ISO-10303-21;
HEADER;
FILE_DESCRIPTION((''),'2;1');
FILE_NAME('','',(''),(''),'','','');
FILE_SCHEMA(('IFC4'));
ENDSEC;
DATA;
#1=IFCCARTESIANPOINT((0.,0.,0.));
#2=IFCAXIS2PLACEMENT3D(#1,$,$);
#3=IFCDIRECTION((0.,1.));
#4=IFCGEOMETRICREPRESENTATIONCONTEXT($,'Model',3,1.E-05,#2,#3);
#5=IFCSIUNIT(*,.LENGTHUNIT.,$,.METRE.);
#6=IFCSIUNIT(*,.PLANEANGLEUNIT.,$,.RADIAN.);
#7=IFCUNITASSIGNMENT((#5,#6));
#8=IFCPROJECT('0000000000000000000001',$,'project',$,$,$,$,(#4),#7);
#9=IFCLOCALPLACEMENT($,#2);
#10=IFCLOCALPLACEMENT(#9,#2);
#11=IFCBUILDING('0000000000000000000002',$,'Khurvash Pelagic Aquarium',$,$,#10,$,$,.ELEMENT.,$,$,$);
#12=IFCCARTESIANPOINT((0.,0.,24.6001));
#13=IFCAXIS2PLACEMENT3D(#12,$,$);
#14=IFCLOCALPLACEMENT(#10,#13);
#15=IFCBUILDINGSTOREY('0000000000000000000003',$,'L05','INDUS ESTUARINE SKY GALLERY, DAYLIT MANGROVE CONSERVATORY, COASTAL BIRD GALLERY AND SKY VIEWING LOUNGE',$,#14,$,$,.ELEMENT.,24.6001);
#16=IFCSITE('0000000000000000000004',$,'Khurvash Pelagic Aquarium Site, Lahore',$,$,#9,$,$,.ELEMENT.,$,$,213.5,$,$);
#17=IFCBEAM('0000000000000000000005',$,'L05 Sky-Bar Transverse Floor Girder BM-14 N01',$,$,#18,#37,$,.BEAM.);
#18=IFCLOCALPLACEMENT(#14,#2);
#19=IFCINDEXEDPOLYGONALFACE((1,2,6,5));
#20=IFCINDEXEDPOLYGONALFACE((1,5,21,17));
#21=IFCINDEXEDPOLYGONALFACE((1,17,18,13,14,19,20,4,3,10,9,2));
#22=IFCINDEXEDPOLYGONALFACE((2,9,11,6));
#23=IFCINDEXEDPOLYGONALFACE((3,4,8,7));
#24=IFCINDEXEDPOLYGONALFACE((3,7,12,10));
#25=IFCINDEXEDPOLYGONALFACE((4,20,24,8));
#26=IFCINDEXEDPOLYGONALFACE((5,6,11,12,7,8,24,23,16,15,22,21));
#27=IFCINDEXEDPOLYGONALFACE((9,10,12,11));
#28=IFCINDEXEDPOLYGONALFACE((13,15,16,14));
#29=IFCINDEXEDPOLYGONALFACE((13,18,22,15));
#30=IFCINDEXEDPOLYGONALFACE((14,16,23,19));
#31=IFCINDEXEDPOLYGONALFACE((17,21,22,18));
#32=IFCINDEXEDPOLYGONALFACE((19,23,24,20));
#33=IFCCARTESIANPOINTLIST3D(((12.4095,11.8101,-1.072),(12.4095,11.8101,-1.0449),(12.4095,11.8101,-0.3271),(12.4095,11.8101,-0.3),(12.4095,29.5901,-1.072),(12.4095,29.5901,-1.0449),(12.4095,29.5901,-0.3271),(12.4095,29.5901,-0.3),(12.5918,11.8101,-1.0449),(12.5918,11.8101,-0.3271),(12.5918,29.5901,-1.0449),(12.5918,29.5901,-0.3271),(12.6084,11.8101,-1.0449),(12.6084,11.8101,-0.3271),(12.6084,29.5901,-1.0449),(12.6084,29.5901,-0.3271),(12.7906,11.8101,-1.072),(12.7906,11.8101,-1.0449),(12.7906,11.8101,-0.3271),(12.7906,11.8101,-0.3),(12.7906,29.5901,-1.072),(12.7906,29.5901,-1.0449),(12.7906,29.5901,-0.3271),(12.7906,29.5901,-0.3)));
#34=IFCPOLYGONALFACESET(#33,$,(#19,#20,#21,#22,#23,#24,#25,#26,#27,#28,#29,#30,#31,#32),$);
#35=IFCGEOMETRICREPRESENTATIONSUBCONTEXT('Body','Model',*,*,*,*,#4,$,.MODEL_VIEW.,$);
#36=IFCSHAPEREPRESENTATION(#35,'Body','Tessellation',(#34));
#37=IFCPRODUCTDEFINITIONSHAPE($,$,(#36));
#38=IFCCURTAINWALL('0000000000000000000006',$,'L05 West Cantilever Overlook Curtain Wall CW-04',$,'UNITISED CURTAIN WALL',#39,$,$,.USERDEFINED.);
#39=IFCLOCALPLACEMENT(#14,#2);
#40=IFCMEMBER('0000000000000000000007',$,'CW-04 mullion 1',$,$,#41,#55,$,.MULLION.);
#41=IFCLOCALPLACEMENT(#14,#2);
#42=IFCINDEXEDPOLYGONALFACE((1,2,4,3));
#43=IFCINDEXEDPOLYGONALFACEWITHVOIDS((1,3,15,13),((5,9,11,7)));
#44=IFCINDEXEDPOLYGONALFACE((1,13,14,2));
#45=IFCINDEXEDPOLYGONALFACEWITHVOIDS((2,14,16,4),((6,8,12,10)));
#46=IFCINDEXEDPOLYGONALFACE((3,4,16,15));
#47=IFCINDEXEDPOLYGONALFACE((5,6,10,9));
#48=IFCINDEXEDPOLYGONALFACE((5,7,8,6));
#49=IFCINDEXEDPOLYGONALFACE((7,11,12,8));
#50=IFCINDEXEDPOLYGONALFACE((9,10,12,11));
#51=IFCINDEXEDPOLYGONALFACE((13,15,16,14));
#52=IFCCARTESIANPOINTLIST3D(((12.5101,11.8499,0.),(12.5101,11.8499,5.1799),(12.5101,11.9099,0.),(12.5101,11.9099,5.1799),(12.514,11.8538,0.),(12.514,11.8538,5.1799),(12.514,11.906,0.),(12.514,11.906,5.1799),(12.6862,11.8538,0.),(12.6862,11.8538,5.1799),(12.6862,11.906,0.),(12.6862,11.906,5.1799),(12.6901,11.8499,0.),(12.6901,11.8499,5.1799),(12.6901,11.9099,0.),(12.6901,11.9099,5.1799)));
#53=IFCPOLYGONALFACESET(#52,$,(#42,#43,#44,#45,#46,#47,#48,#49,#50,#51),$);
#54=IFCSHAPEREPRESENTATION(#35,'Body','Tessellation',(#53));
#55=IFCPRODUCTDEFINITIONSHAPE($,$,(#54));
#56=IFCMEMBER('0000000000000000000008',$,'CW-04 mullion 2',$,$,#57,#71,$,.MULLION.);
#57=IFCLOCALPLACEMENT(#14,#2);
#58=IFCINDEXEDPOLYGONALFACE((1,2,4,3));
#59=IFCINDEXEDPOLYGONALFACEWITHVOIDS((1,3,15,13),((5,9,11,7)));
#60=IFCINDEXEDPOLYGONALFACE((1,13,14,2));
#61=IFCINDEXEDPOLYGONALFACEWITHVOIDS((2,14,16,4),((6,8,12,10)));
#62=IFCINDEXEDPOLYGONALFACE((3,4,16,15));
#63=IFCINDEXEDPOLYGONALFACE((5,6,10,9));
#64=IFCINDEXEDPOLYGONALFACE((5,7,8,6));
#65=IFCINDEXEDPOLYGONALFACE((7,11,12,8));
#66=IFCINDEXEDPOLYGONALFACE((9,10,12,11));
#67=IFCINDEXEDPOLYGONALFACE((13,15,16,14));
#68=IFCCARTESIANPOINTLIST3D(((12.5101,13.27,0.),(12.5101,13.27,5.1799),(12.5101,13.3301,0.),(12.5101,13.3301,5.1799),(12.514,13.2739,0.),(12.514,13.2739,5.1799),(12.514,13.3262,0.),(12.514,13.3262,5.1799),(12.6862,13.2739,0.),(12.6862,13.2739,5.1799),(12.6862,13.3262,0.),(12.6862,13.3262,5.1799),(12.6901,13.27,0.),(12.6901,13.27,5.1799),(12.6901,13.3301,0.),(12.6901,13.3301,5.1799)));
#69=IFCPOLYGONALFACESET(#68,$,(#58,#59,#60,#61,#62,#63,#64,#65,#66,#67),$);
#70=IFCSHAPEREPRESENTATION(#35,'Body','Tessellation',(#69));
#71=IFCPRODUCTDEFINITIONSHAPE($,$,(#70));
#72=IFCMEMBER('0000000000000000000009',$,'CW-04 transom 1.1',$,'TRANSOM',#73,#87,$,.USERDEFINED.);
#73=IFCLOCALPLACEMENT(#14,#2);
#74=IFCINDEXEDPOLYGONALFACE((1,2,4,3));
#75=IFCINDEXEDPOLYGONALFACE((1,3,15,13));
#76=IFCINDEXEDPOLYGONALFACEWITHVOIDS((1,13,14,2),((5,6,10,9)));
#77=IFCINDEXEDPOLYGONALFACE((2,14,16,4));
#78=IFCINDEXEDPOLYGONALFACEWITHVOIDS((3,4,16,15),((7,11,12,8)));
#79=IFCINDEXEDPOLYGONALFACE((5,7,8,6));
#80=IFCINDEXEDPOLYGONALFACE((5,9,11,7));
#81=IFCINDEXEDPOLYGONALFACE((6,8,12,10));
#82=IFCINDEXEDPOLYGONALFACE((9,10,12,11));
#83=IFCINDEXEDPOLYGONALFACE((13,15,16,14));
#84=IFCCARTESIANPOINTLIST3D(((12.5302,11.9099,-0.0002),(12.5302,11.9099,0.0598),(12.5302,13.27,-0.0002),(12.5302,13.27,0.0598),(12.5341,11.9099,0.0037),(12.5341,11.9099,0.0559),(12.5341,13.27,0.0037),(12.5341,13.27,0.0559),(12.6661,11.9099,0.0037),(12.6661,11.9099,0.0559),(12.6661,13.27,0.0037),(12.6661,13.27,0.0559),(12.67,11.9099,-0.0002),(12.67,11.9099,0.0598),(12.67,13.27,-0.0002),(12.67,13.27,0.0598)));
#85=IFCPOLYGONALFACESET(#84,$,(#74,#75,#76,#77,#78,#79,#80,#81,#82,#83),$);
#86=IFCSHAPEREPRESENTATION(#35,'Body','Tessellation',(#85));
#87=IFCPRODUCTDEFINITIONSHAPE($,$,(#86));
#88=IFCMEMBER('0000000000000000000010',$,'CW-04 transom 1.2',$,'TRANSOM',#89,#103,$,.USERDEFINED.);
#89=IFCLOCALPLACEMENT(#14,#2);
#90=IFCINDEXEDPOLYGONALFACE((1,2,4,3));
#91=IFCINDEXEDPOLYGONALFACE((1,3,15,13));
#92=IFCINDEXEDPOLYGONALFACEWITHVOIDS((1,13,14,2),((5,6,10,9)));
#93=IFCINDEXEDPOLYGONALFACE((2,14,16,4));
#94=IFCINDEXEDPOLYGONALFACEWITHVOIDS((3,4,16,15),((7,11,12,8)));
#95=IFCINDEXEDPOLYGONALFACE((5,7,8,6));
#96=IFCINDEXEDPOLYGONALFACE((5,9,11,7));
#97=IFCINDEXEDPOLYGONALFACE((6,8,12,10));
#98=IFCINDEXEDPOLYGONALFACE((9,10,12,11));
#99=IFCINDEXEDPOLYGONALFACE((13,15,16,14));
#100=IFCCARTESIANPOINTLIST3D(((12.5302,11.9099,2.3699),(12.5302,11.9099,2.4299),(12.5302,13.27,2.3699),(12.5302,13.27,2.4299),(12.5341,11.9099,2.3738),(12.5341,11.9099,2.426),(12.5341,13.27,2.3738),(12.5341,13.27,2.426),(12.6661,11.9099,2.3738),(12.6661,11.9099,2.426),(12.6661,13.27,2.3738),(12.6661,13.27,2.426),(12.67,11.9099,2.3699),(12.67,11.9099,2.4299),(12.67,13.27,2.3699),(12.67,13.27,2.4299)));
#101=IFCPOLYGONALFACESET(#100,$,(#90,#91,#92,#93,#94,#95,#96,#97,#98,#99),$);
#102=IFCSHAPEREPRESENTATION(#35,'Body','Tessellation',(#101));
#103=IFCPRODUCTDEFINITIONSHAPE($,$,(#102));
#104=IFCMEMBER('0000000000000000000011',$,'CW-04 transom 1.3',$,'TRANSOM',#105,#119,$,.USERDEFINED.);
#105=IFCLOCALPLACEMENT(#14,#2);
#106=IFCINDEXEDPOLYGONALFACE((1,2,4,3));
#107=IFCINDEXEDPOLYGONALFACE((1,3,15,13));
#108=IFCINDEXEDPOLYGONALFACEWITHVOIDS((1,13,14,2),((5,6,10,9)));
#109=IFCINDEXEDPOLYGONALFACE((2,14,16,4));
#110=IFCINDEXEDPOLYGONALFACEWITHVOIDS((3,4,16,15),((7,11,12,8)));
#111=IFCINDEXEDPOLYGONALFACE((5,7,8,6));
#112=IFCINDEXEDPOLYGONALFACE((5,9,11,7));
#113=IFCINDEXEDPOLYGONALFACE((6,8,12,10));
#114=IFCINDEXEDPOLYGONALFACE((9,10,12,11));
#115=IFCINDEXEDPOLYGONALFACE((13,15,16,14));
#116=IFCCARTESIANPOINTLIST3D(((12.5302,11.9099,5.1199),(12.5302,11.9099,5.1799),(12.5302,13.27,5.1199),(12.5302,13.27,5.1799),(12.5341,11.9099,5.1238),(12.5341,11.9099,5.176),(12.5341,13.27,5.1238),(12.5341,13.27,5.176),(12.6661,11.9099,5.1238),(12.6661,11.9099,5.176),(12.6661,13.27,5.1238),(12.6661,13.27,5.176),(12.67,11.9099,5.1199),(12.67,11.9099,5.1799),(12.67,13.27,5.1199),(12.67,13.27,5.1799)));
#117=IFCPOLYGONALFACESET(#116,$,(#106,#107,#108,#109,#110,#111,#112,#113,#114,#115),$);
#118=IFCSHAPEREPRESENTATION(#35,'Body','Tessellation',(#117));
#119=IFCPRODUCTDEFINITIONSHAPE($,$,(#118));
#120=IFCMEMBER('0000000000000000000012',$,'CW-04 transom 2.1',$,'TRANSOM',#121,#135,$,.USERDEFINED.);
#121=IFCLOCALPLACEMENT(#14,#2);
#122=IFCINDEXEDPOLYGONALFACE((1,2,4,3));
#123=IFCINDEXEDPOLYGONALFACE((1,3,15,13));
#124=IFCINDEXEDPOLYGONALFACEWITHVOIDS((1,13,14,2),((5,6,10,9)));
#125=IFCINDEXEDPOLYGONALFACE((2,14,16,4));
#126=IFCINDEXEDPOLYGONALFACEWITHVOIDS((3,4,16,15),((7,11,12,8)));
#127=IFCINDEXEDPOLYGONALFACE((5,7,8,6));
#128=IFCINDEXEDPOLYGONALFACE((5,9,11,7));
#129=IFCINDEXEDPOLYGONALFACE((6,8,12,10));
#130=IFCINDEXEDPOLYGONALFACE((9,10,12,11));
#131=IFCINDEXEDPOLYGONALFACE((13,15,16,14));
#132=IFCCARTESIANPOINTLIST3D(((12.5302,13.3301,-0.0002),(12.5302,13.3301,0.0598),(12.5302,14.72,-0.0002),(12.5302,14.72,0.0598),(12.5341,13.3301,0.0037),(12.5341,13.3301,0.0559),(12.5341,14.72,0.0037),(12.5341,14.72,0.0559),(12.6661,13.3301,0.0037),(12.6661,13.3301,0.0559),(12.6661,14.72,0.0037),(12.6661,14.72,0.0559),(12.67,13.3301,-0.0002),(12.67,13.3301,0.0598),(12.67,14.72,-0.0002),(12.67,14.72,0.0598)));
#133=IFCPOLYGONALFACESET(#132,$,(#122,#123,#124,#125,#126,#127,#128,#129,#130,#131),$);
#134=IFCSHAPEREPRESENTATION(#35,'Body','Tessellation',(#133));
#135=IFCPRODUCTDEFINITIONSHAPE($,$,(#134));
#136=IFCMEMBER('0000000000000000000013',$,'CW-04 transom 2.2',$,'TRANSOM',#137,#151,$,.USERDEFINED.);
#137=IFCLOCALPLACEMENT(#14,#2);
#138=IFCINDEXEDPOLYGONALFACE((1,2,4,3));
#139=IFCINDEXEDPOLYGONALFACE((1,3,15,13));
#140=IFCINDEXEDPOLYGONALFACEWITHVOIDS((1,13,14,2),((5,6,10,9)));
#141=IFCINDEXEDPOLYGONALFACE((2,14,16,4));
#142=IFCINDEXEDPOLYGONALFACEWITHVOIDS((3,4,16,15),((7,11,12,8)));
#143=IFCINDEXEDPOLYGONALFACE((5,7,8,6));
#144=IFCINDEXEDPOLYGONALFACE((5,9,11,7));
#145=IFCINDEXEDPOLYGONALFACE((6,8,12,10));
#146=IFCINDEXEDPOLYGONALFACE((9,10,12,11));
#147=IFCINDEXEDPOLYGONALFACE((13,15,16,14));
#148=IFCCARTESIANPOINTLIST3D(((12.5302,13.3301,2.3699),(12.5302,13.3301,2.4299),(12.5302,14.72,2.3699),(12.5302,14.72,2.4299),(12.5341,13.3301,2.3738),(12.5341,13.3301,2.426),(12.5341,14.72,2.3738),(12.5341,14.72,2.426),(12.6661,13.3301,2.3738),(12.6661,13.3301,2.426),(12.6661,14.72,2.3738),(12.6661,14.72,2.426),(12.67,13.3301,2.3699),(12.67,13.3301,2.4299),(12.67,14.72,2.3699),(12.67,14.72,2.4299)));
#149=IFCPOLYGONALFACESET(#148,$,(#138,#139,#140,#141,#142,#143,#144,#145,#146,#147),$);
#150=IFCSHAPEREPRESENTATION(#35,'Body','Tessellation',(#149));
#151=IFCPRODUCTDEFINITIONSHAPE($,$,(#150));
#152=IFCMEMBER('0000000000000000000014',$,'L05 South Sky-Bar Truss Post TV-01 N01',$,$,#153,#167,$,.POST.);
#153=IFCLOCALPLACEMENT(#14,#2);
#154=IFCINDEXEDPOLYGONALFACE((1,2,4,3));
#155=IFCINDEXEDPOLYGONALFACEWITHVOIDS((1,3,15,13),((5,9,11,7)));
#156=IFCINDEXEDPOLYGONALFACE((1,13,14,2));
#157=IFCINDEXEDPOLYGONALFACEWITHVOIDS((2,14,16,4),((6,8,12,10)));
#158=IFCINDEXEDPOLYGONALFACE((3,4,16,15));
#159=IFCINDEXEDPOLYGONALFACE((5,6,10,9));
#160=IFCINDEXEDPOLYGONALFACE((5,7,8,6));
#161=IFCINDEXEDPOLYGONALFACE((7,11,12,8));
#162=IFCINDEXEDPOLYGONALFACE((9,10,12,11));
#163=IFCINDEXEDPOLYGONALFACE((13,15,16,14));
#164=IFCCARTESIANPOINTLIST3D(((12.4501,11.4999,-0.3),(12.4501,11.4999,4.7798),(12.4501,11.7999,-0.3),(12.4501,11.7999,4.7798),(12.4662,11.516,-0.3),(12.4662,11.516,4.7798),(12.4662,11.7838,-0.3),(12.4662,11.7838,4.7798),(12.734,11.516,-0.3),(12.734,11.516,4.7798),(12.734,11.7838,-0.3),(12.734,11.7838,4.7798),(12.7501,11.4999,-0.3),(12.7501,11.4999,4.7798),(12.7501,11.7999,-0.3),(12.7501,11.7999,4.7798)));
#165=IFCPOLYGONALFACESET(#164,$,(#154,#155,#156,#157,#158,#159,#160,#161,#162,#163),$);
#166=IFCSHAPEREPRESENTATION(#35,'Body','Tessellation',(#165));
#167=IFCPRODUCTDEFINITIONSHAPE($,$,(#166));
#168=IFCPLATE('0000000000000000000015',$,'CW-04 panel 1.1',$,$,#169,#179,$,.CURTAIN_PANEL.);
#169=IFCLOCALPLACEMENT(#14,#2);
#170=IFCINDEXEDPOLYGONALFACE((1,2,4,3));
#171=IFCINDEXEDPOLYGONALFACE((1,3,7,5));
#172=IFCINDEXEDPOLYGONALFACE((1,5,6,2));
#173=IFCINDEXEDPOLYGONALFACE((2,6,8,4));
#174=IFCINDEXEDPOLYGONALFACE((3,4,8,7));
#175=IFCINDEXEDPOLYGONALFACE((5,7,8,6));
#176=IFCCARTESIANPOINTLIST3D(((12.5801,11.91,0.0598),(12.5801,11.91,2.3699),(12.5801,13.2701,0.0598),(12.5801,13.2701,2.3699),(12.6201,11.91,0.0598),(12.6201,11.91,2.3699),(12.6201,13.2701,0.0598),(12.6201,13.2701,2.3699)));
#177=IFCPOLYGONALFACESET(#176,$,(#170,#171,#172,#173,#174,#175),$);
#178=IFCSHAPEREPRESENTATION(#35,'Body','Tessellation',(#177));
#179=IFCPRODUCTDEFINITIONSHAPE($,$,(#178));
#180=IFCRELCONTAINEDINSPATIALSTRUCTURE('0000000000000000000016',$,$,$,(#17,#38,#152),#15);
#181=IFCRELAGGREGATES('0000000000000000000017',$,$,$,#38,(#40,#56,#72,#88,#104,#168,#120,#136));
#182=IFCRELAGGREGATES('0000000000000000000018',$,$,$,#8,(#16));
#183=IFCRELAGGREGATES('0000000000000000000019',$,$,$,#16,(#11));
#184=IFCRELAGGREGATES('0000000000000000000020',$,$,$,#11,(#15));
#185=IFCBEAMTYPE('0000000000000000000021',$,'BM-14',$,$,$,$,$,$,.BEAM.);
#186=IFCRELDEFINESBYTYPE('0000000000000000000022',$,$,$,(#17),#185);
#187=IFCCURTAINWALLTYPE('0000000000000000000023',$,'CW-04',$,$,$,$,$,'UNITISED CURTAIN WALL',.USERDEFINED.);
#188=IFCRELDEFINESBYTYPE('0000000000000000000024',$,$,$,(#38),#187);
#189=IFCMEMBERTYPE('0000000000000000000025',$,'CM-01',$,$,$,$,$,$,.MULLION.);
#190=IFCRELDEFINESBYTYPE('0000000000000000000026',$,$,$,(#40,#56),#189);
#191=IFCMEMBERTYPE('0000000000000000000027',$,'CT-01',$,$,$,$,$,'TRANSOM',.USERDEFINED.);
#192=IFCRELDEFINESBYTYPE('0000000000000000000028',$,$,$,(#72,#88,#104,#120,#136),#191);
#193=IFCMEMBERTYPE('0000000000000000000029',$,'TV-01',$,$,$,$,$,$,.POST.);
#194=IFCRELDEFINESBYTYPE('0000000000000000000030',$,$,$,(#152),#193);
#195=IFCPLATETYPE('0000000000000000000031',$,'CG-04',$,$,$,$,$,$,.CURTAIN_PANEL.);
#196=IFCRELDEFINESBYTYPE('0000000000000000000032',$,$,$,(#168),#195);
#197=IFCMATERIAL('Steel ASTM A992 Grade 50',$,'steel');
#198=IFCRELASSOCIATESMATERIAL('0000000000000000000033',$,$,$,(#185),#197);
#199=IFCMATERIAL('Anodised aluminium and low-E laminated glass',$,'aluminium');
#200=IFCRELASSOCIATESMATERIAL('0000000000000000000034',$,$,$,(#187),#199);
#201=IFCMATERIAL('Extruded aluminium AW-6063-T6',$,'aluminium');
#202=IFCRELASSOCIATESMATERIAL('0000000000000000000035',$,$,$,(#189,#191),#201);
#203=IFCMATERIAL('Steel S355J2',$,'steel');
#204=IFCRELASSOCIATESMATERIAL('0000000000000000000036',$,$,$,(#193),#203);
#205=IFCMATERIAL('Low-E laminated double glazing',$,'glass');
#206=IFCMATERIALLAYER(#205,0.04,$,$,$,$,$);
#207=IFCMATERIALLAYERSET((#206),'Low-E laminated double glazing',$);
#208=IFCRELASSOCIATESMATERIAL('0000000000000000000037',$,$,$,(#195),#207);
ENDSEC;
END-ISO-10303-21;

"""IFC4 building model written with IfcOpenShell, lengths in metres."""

from ifc_helpers import new_model, si_unit, direction, frame, origin, origin_2d, place, context, subcontext, project, spatial, rectangle, hollow_rectangle, i_section, extrude, material, layer, layer_set, material_profile, profile_set, type_object, element, aggregate, save


model = new_model("IFC4")

# Units and contexts
model_context = context("Model", 3, precision=1e-05, world=origin(), true_north=direction((0.0, 1.0)))
body_context = subcontext(model_context, "Body", "Model", "MODEL_VIEW")
ifc_project = project(units=[si_unit("LENGTHUNIT", "METRE"), si_unit("PLANEANGLEUNIT", "RADIAN")], contexts=[model_context])

# Site, building, storey
site_placement = place(None, origin())
site = spatial("IfcSite", under=ifc_project, at=site_placement, Name="Khurvash Pelagic Aquarium Site, Lahore", CompositionType="ELEMENT", RefElevation=213.5)
building_placement = place(site_placement, origin())
building = spatial("IfcBuilding", under=site, at=building_placement, Name="Khurvash Pelagic Aquarium", CompositionType="ELEMENT")
storey_placement = place(building_placement, frame((0.0, 0.0, 24.6001)))
storey = spatial("IfcBuildingStorey", under=building, at=storey_placement, Name="L05", Description="INDUS ESTUARINE SKY GALLERY, DAYLIT MANGROVE CONSERVATORY, COASTAL BIRD GALLERY AND SKY VIEWING LOUNGE", CompositionType="ELEMENT", Elevation=24.6001)

# Beam
ifc_material_1 = material(Name="Steel ASTM A992 Grade 50", Category="steel")
ifc_material_profile_1 = material_profile(ifc_material_1, i_section(OverallWidth=0.3811, OverallDepth=0.772, WebThickness=0.0166, FlangeThickness=0.0271, at=origin_2d()), Name="W30X173")
ifc_profile_set_1 = profile_set([ifc_material_profile_1], Name="Steel ASTM A992 Grade 50")
beam_type = type_object("IfcBeamType", Name="BM-14", PredefinedType="BEAM", material=ifc_profile_set_1)
beam_placement = place(storey_placement, frame((12.6001, 11.8101, -0.686), z_axis=(0.0, 1.0, 0.0), x_axis=(-1.0, 0.0, 0.0)))
element("IfcBeam", 1, at=beam_placement, inside=storey, type_object=beam_type, Name="L05 Sky-Bar Transverse Floor Girder BM-14 N01", PredefinedType="BEAM", context=body_context, shape_type="SweptSolid", body=[
    extrude(i_section(OverallWidth=0.3811, OverallDepth=0.772, WebThickness=0.0166, FlangeThickness=0.0271, at=origin_2d()), origin(), (0.0, 0.0, 1.0), 17.78),
])

# Curtain wall, members
ifc_material_2 = material(Name="Anodised aluminium and low-E laminated glass", Category="aluminium")
curtain_wall_type = type_object("IfcCurtainWallType", Name="CW-04", ElementType="UNITISED CURTAIN WALL", PredefinedType="USERDEFINED", material=ifc_material_2)
curtain_wall_placement = place(storey_placement, origin())
curtain_wall = element("IfcCurtainWall", 2, at=curtain_wall_placement, inside=storey, type_object=curtain_wall_type, Name="L05 West Cantilever Overlook Curtain Wall CW-04", ObjectType="UNITISED CURTAIN WALL", PredefinedType="USERDEFINED")
ifc_material_3 = material(Name="Extruded aluminium AW-6063-T6", Category="aluminium")
ifc_material_profile_2 = material_profile(ifc_material_3, hollow_rectangle(XDim=0.0601, YDim=0.1799, WallThickness=0.0039, at=origin_2d()), Name="CWM60X180X4")
ifc_profile_set_2 = profile_set([ifc_material_profile_2], Name="Extruded aluminium AW-6063-T6")
member_type_1 = type_object("IfcMemberType", Name="CM-01", PredefinedType="MULLION", material=ifc_profile_set_2)
member_1_placement = place(storey_placement, frame((12.6001, 11.8799, 0.0), z_axis=(0.0, 0.0, 1.0), x_axis=(0.0, 1.0, 0.0)))
member_1 = element("IfcMember", 3, at=member_1_placement, type_object=member_type_1, Name="CW-04 mullion 1", PredefinedType="MULLION", context=body_context, shape_type="SweptSolid", body=[
    extrude(hollow_rectangle(XDim=0.0601, YDim=0.1799, WallThickness=0.0039, at=origin_2d()), origin(), (0.0, 0.0, 1.0), 5.1799),
])
member_2_placement = place(storey_placement, frame((12.6001, 13.3, 0.0), z_axis=(0.0, 0.0, 1.0), x_axis=(0.0, 1.0, 0.0)))
member_2 = element("IfcMember", 4, at=member_2_placement, type_object=member_type_1, Name="CW-04 mullion 2", PredefinedType="MULLION", context=body_context, shape_type="SweptSolid", body=[
    extrude(hollow_rectangle(XDim=0.0601, YDim=0.1799, WallThickness=0.0039, at=origin_2d()), origin(), (0.0, 0.0, 1.0), 5.1799),
])
ifc_material_profile_3 = material_profile(ifc_material_3, hollow_rectangle(XDim=0.1399, YDim=0.0601, WallThickness=0.0039, at=origin_2d()), Name="CWT140X60X4")
ifc_profile_set_3 = profile_set([ifc_material_profile_3], Name="Extruded aluminium AW-6063-T6")
member_type_2 = type_object("IfcMemberType", Name="CT-01", ElementType="TRANSOM", PredefinedType="USERDEFINED", material=ifc_profile_set_3)
member_3_placement = place(storey_placement, frame((12.6001, 11.9099, 0.0298), z_axis=(0.0, 1.0, 0.0), x_axis=(-1.0, 0.0, 0.0)))
member_3 = element("IfcMember", 5, at=member_3_placement, type_object=member_type_2, Name="CW-04 transom 1.1", ObjectType="TRANSOM", PredefinedType="USERDEFINED", context=body_context, shape_type="SweptSolid", body=[
    extrude(hollow_rectangle(XDim=0.1399, YDim=0.0601, WallThickness=0.0039, at=origin_2d()), origin(), (0.0, 0.0, 1.0), 1.3601),
])
member_4_placement = place(storey_placement, frame((12.6001, 11.9099, 2.3999), z_axis=(0.0, 1.0, 0.0), x_axis=(-1.0, 0.0, 0.0)))
member_4 = element("IfcMember", 6, at=member_4_placement, type_object=member_type_2, Name="CW-04 transom 1.2", ObjectType="TRANSOM", PredefinedType="USERDEFINED", context=body_context, shape_type="SweptSolid", body=[
    extrude(hollow_rectangle(XDim=0.1399, YDim=0.0601, WallThickness=0.0039, at=origin_2d()), origin(), (0.0, 0.0, 1.0), 1.3601),
])
member_5_placement = place(storey_placement, frame((12.6001, 11.9099, 5.1499), z_axis=(0.0, 1.0, 0.0), x_axis=(-1.0, 0.0, 0.0)))
member_5 = element("IfcMember", 7, at=member_5_placement, type_object=member_type_2, Name="CW-04 transom 1.3", ObjectType="TRANSOM", PredefinedType="USERDEFINED", context=body_context, shape_type="SweptSolid", body=[
    extrude(hollow_rectangle(XDim=0.1399, YDim=0.0601, WallThickness=0.0039, at=origin_2d()), origin(), (0.0, 0.0, 1.0), 1.3601),
])
member_6_placement = place(storey_placement, frame((12.6001, 13.3301, 0.0298), z_axis=(0.0, 1.0, 0.0), x_axis=(-1.0, 0.0, 0.0)))
member_6 = element("IfcMember", 8, at=member_6_placement, type_object=member_type_2, Name="CW-04 transom 2.1", ObjectType="TRANSOM", PredefinedType="USERDEFINED", context=body_context, shape_type="SweptSolid", body=[
    extrude(hollow_rectangle(XDim=0.1399, YDim=0.0601, WallThickness=0.0039, at=origin_2d()), origin(), (0.0, 0.0, 1.0), 1.3899),
])
member_7_placement = place(storey_placement, frame((12.6001, 13.3301, 2.3999), z_axis=(0.0, 1.0, 0.0), x_axis=(-1.0, 0.0, 0.0)))
member_7 = element("IfcMember", 9, at=member_7_placement, type_object=member_type_2, Name="CW-04 transom 2.2", ObjectType="TRANSOM", PredefinedType="USERDEFINED", context=body_context, shape_type="SweptSolid", body=[
    extrude(hollow_rectangle(XDim=0.1399, YDim=0.0601, WallThickness=0.0039, at=origin_2d()), origin(), (0.0, 0.0, 1.0), 1.3899),
])

# Member
ifc_material_4 = material(Name="Steel S355J2", Category="steel")
ifc_material_profile_4 = material_profile(ifc_material_4, hollow_rectangle(XDim=0.3, YDim=0.3, WallThickness=0.0161, at=origin_2d()), Name="SHS300X300X16")
ifc_profile_set_4 = profile_set([ifc_material_profile_4], Name="Steel S355J2")
member_type_3 = type_object("IfcMemberType", Name="TV-01", PredefinedType="POST", material=ifc_profile_set_4)
member_8_placement = place(storey_placement, frame((12.6001, 11.6499, -0.3), z_axis=(0.0, 0.0, 1.0), x_axis=(1.0, 0.0, 0.0)))
element("IfcMember", 10, at=member_8_placement, inside=storey, type_object=member_type_3, Name="L05 South Sky-Bar Truss Post TV-01 N01", PredefinedType="POST", context=body_context, shape_type="SweptSolid", body=[
    extrude(hollow_rectangle(XDim=0.3, YDim=0.3, WallThickness=0.0161, at=origin_2d()), origin(), (0.0, 0.0, 1.0), 5.0798),
])

# Plate
ifc_material_5 = material(Name="Low-E laminated double glazing", Category="glass")
ifc_layer_1 = layer(ifc_material_5, 0.04)
ifc_layer_set_1 = layer_set([ifc_layer_1], Name="Low-E laminated double glazing")
plate_type_1 = type_object("IfcPlateType", Name="CG-04", PredefinedType="CURTAIN_PANEL", material=ifc_layer_set_1)
plate_1_placement = place(storey_placement, frame((12.6001, 12.5901, 0.0598), z_axis=(0.0, 0.0, 1.0), x_axis=(0.0, 1.0, 0.0)))
plate_1 = element("IfcPlate", 11, at=plate_1_placement, type_object=plate_type_1, Name="CW-04 panel 1.1", PredefinedType="CURTAIN_PANEL", context=body_context, shape_type="SweptSolid", body=[
    extrude(rectangle(XDim=1.3601, YDim=0.04, at=origin_2d()), origin(), (0.0, 0.0, 1.0), 2.3101),
])
aggregate(curtain_wall, [member_1, member_2, member_3, member_4, member_5, plate_1, member_6, member_7])

save(model, "model.ifc")
